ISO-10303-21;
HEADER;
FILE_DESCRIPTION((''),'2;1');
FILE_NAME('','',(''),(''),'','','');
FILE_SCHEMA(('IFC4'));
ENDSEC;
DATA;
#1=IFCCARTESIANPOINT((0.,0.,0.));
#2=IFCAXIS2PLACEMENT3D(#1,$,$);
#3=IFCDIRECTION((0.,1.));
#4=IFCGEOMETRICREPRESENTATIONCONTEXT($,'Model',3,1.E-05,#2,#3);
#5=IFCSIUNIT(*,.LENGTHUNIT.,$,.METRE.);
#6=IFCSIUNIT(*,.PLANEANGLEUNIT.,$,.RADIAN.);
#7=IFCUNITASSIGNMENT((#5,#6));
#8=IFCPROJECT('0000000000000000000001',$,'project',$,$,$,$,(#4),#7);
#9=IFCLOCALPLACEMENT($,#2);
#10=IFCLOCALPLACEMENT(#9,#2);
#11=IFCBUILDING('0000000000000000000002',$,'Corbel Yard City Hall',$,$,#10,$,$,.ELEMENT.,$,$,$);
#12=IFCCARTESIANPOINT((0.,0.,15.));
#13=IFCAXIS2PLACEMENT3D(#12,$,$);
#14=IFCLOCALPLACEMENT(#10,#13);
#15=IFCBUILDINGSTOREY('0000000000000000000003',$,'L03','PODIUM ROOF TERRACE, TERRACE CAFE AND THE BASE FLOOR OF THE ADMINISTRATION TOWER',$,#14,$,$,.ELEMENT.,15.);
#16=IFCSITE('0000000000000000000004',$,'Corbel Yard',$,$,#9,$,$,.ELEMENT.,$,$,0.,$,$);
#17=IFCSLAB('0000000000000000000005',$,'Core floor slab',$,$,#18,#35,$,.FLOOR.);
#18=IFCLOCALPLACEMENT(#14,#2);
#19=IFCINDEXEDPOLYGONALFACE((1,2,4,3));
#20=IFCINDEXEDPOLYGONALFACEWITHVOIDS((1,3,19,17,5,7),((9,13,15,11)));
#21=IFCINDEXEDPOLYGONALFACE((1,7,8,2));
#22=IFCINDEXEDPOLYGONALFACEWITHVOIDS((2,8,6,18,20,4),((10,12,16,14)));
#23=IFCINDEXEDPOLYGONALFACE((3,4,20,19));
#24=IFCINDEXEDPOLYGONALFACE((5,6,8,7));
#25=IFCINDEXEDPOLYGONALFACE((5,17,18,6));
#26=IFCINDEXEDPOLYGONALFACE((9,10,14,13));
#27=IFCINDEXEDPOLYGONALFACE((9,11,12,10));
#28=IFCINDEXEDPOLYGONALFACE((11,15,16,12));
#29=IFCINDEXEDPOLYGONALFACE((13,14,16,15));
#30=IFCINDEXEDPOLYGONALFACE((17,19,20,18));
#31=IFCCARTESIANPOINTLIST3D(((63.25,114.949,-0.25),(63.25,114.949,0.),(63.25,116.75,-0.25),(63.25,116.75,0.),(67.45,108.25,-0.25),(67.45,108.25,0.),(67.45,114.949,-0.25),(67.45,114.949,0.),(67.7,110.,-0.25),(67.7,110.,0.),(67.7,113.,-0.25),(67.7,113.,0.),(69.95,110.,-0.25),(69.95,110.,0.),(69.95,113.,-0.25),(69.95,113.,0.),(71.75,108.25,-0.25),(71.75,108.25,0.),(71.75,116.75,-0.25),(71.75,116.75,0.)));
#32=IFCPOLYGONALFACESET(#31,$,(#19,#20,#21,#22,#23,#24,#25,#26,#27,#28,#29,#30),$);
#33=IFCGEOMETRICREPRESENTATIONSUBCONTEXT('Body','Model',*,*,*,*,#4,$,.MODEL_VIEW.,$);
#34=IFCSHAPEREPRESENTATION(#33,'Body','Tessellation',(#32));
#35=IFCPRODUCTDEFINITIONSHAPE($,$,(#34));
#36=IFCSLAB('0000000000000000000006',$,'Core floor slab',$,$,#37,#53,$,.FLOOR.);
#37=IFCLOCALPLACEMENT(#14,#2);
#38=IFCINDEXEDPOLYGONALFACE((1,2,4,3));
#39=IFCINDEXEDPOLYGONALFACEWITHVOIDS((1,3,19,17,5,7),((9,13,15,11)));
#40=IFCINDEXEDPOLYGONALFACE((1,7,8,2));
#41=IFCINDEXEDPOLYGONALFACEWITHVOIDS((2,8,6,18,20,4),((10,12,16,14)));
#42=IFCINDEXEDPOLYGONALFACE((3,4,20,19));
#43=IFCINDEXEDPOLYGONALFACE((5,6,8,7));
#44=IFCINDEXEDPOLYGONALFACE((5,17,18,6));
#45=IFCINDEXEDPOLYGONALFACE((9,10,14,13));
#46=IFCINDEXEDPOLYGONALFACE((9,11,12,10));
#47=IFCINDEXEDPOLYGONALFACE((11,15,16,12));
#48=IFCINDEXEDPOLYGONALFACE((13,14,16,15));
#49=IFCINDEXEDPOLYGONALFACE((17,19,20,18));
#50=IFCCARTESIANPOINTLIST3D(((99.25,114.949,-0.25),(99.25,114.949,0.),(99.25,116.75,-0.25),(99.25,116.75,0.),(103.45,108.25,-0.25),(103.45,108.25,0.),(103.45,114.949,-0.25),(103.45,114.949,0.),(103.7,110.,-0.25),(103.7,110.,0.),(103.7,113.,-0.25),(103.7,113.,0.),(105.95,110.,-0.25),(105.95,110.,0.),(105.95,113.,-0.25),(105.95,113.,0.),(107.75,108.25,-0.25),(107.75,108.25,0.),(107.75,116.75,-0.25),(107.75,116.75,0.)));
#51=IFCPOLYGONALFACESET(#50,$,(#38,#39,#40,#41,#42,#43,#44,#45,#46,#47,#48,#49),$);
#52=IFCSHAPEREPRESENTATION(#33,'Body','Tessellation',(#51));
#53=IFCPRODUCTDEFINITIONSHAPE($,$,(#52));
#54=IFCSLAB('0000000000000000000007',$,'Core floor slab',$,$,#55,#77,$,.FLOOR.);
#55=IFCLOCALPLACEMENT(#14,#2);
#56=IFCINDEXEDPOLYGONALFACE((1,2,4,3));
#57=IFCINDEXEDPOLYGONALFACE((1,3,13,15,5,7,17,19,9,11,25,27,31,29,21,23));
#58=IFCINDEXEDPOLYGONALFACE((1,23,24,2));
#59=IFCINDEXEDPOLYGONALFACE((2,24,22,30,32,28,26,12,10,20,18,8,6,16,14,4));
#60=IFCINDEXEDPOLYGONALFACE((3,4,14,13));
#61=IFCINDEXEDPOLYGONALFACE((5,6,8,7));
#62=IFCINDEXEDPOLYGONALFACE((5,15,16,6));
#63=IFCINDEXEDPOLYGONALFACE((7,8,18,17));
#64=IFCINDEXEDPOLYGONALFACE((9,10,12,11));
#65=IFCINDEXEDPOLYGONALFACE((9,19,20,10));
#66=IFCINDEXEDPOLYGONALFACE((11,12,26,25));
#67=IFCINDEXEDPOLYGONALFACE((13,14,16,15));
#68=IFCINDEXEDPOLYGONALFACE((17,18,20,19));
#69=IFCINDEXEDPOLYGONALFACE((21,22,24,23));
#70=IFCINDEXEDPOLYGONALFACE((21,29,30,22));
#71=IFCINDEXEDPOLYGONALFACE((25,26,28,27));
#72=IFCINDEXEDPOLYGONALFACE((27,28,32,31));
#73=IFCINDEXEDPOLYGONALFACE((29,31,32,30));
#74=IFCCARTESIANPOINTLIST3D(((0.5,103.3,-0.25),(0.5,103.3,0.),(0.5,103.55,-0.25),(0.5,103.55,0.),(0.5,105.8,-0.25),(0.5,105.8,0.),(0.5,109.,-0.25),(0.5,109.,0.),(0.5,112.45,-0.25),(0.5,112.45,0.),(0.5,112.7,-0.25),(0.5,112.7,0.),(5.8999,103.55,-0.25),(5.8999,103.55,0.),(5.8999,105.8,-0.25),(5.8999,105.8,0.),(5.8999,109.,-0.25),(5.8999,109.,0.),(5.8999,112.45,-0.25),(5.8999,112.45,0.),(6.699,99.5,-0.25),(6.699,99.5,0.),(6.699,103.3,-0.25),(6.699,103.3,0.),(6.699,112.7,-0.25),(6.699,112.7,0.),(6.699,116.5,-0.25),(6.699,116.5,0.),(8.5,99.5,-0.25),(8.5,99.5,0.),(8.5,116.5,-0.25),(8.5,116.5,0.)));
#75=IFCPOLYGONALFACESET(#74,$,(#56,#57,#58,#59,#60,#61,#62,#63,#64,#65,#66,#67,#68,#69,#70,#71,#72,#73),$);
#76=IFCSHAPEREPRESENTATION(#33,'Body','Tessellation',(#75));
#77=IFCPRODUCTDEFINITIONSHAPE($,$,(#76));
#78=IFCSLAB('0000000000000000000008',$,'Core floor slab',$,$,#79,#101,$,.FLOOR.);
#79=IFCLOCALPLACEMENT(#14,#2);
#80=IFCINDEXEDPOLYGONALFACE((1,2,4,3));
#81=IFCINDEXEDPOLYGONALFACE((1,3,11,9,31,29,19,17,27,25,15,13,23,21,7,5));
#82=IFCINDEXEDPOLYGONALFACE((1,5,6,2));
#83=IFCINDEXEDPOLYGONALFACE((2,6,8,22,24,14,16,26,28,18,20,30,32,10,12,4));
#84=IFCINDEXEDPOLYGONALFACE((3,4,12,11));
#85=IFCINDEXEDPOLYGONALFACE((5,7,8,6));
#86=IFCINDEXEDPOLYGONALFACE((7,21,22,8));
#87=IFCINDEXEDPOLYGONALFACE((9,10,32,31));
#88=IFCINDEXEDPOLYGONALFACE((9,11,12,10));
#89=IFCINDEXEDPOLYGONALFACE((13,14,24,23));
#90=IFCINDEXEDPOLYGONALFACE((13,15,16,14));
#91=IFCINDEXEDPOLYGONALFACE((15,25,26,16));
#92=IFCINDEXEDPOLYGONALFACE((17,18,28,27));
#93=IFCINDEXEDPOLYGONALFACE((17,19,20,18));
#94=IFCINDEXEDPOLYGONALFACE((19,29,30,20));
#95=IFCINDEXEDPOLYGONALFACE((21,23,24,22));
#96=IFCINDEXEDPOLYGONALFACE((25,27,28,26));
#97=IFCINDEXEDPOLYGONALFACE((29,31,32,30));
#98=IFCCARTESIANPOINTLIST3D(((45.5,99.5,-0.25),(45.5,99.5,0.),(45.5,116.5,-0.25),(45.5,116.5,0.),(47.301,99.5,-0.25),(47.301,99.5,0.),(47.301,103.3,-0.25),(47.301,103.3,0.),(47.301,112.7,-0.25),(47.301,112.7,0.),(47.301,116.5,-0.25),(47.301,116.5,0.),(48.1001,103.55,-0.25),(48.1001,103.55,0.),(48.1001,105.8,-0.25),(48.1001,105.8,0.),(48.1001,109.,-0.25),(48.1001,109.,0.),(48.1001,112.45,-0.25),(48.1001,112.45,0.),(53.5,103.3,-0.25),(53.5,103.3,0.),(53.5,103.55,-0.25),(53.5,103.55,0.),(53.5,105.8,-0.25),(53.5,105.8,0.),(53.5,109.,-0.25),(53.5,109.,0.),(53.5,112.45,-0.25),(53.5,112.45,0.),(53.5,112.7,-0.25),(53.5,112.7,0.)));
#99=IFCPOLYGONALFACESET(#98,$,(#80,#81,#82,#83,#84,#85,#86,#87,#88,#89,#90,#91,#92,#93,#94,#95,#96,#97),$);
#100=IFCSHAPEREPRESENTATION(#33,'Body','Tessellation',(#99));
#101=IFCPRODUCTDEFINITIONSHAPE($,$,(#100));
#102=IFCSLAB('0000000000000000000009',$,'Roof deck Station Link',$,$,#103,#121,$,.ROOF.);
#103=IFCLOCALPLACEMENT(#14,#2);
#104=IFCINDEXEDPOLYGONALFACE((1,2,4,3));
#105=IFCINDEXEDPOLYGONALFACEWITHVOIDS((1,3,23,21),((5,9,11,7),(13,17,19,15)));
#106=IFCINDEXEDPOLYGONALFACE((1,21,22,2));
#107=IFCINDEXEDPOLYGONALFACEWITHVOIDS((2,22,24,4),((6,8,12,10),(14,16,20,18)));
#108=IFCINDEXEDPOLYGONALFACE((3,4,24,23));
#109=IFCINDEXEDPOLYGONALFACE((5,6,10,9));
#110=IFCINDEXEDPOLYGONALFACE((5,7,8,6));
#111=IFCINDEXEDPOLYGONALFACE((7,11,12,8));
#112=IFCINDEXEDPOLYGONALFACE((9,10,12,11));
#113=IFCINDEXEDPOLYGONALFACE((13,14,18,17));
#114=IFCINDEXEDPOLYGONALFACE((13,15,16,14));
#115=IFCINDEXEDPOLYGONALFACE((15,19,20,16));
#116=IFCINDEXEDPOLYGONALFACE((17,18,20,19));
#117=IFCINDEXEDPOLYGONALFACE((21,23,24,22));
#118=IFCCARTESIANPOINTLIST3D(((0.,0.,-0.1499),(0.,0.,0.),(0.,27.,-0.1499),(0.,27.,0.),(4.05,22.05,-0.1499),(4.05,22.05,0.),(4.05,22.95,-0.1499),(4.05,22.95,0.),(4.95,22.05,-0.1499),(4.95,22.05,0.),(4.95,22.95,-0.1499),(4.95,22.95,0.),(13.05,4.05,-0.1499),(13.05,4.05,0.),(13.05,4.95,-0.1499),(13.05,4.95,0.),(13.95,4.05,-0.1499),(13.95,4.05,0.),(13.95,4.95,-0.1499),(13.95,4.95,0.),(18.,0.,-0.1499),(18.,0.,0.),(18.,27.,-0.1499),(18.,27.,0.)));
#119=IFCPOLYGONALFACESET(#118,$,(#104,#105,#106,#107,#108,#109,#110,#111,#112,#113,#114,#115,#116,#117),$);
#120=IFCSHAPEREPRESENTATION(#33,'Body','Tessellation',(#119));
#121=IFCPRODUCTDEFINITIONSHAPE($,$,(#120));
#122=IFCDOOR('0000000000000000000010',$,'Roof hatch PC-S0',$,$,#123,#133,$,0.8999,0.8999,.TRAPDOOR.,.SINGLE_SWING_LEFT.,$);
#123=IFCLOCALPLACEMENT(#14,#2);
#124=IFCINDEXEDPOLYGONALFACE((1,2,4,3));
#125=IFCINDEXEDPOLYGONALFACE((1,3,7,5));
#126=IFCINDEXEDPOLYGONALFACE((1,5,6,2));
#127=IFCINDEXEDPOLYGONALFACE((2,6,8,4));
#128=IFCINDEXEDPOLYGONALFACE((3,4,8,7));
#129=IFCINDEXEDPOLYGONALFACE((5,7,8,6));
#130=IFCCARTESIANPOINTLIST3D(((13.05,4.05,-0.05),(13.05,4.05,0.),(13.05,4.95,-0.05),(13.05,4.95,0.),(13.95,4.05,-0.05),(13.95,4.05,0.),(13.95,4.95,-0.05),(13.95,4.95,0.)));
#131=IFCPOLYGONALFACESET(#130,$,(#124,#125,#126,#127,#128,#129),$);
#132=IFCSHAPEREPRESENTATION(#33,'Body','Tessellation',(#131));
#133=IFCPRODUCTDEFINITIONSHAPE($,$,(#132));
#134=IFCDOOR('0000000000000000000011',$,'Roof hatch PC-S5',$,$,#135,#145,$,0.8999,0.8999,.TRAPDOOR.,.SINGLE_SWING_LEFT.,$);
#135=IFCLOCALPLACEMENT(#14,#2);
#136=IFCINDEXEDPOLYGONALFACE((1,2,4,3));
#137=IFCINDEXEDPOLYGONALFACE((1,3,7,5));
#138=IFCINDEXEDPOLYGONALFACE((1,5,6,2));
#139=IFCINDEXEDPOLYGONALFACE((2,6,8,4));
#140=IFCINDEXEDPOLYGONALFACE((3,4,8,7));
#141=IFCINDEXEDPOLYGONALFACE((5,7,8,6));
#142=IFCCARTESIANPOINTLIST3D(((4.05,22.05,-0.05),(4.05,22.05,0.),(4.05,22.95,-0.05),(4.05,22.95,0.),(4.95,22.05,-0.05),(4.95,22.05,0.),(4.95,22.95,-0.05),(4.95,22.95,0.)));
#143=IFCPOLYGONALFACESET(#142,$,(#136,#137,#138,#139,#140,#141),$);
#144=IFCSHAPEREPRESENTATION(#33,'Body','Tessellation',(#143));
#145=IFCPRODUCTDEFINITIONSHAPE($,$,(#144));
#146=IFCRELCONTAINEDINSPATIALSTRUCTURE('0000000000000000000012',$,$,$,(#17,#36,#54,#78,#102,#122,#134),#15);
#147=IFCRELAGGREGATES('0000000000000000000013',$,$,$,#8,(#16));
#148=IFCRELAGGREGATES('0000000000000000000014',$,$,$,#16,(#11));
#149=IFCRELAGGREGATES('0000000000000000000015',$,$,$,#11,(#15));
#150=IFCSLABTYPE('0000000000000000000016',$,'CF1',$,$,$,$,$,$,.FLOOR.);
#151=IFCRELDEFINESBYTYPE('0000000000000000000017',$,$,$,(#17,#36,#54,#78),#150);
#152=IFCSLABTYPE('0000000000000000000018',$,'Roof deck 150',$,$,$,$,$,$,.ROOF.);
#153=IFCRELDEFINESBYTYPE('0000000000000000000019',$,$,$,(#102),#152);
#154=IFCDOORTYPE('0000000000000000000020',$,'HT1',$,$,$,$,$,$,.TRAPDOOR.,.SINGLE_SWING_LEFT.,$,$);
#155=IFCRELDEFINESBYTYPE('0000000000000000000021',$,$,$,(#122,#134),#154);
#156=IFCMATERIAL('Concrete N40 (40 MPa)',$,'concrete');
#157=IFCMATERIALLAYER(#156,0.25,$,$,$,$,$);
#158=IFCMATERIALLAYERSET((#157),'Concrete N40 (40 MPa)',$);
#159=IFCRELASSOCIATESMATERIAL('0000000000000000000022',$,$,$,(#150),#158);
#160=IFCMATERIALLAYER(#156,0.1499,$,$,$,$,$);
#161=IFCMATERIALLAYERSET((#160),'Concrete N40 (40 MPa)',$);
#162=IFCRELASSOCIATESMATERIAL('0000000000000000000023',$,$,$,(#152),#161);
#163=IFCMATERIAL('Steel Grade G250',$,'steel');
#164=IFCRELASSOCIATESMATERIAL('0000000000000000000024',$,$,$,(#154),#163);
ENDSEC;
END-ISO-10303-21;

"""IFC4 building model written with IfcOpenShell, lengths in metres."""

from ifc_helpers import new_model, si_unit, direction, frame, origin, origin_2d, place, context, subcontext, project, spatial, polyline, rectangle, outline, extrude, material, layer, layer_set, type_object, element, fill, save


model = new_model("IFC4")

# Units and contexts
model_context = context("Model", 3, precision=1e-05, world=origin(), true_north=direction((0.0, 1.0)))
body_context = subcontext(model_context, "Body", "Model", "MODEL_VIEW")
ifc_project = project(units=[si_unit("LENGTHUNIT", "METRE"), si_unit("PLANEANGLEUNIT", "RADIAN")], contexts=[model_context])

# Site, building, storey
site_placement = place(None, origin())
site = spatial("IfcSite", under=ifc_project, at=site_placement, Name="Corbel Yard", CompositionType="ELEMENT", RefElevation=0.0)
building_placement = place(site_placement, origin())
building = spatial("IfcBuilding", under=site, at=building_placement, Name="Corbel Yard City Hall", CompositionType="ELEMENT")
storey_placement = place(building_placement, frame((0.0, 0.0, 15.0)))
storey = spatial("IfcBuildingStorey", under=building, at=storey_placement, Name="L03", Description="PODIUM ROOF TERRACE, TERRACE CAFE AND THE BASE FLOOR OF THE ADMINISTRATION TOWER", CompositionType="ELEMENT", Elevation=15.0)

# Slabs
ifc_material_1 = material(Name="Concrete N40 (40 MPa)", Category="concrete")
ifc_layer_1 = layer(ifc_material_1, 0.25)
ifc_layer_set_1 = layer_set([ifc_layer_1], Name="Concrete N40 (40 MPa)")
slab_type_1 = type_object("IfcSlabType", Name="CF1", PredefinedType="FLOOR", material=ifc_layer_set_1)
slab_1_placement = place(storey_placement, frame((0.0, 0.0, -0.25)))
element("IfcSlab", 1, at=slab_1_placement, inside=storey, type_object=slab_type_1, Name="Core floor slab", PredefinedType="FLOOR", context=body_context, shape_type="SweptSolid", body=[
    extrude(outline(polyline([(63.25, 116.75), (63.25, 114.949), (67.45, 114.949), (67.45, 108.25), (71.75, 108.25), (71.75, 116.75), (63.25, 116.75)]), holes=[polyline([(69.95, 110.0), (69.95, 113.0), (67.7, 113.0), (67.7, 110.0), (69.95, 110.0)])]), origin(), (0.0, 0.0, 1.0), 0.25),
])
slab_2_placement = place(storey_placement, frame((0.0, 0.0, -0.25)))
element("IfcSlab", 2, at=slab_2_placement, inside=storey, type_object=slab_type_1, Name="Core floor slab", PredefinedType="FLOOR", context=body_context, shape_type="SweptSolid", body=[
    extrude(outline(polyline([(99.25, 116.75), (99.25, 114.949), (103.45, 114.949), (103.45, 108.25), (107.75, 108.25), (107.75, 116.75), (99.25, 116.75)]), holes=[polyline([(105.95, 110.0), (105.95, 113.0), (103.7, 113.0), (103.7, 110.0), (105.95, 110.0)])]), origin(), (0.0, 0.0, 1.0), 0.25),
])
slab_3_placement = place(storey_placement, frame((0.0, 0.0, -0.25)))
element("IfcSlab", 3, at=slab_3_placement, inside=storey, type_object=slab_type_1, Name="Core floor slab", PredefinedType="FLOOR", context=body_context, shape_type="SweptSolid", body=[
    extrude(outline(polyline([(8.5, 116.5), (6.699, 116.5), (6.699, 112.7), (0.5, 112.7), (0.5, 112.45), (5.8999, 112.45), (5.8999, 109.0), (0.5, 109.0), (0.5, 105.8), (5.8999, 105.8), (5.8999, 103.55), (0.5, 103.55), (0.5, 103.3), (6.699, 103.3), (6.699, 99.5), (8.5, 99.5), (8.5, 116.5)])), origin(), (0.0, 0.0, 1.0), 0.25),
])
slab_4_placement = place(storey_placement, frame((0.0, 0.0, -0.25)))
element("IfcSlab", 4, at=slab_4_placement, inside=storey, type_object=slab_type_1, Name="Core floor slab", PredefinedType="FLOOR", context=body_context, shape_type="SweptSolid", body=[
    extrude(outline(polyline([(53.5, 103.3), (53.5, 103.55), (48.1001, 103.55), (48.1001, 105.8), (53.5, 105.8), (53.5, 109.0), (48.1001, 109.0), (48.1001, 112.45), (53.5, 112.45), (53.5, 112.7), (47.301, 112.7), (47.301, 116.5), (45.5, 116.5), (45.5, 99.5), (47.301, 99.5), (47.301, 103.3), (53.5, 103.3)])), origin(), (0.0, 0.0, 1.0), 0.25),
])

# Slab, openings, doors
ifc_layer_2 = layer(ifc_material_1, 0.1499)
ifc_layer_set_2 = layer_set([ifc_layer_2], Name="Concrete N40 (40 MPa)")
slab_type_2 = type_object("IfcSlabType", Name="Roof deck 150", PredefinedType="ROOF", material=ifc_layer_set_2)
slab_5_placement = place(storey_placement, frame((0.0, 0.0, -0.1499)))
slab_5 = element("IfcSlab", 5, at=slab_5_placement, inside=storey, type_object=slab_type_2, Name="Roof deck Station Link", PredefinedType="ROOF", context=body_context, shape_type="SweptSolid", body=[
    extrude(outline(polyline([(0.0, 0.0), (18.0, 0.0), (18.0, 27.0), (0.0, 27.0), (0.0, 0.0)])), origin(), (0.0, 0.0, 1.0), 0.1499),
])
opening_1_placement = place(slab_5_placement, frame((13.5, 4.5, 0.0)))
opening_1 = element("IfcOpeningElement", 6, at=opening_1_placement, cuts=slab_5, PredefinedType="OPENING", context=body_context, shape_type="SweptSolid", body=[
    extrude(rectangle(XDim=0.8999, YDim=0.8999, at=origin_2d()), frame((0.0, 0.0, -0.01)), (0.0, 0.0, 1.0), 0.1699),
])
opening_2_placement = place(slab_5_placement, frame((4.5, 22.5, 0.0)))
opening_2 = element("IfcOpeningElement", 7, at=opening_2_placement, cuts=slab_5, PredefinedType="OPENING", context=body_context, shape_type="SweptSolid", body=[
    extrude(rectangle(XDim=0.8999, YDim=0.8999, at=origin_2d()), frame((0.0, 0.0, -0.01)), (0.0, 0.0, 1.0), 0.1699),
])
ifc_material_2 = material(Name="Steel Grade G250", Category="steel")
door_type = type_object("IfcDoorType", Name="HT1", OperationType="SINGLE_SWING_LEFT", PredefinedType="TRAPDOOR", material=ifc_material_2)
door_1_placement = place(opening_1_placement, frame((0.0, 0.0, 0.0999)))
door_1 = element("IfcDoor", 8, at=door_1_placement, inside=storey, type_object=door_type, Name="Roof hatch PC-S0", OperationType="SINGLE_SWING_LEFT", OverallHeight=0.8999, OverallWidth=0.8999, PredefinedType="TRAPDOOR", context=body_context, shape_type="SweptSolid", body=[
    extrude(rectangle(XDim=0.8999, YDim=0.8999, at=origin_2d()), origin(), (0.0, 0.0, 1.0), 0.05),
])
fill(opening_1, door_1)
door_2_placement = place(opening_2_placement, frame((0.0, 0.0, 0.0999)))
door_2 = element("IfcDoor", 9, at=door_2_placement, inside=storey, type_object=door_type, Name="Roof hatch PC-S5", OperationType="SINGLE_SWING_LEFT", OverallHeight=0.8999, OverallWidth=0.8999, PredefinedType="TRAPDOOR", context=body_context, shape_type="SweptSolid", body=[
    extrude(rectangle(XDim=0.8999, YDim=0.8999, at=origin_2d()), origin(), (0.0, 0.0, 1.0), 0.05),
])
fill(opening_2, door_2)

save(model, "model.ifc")
